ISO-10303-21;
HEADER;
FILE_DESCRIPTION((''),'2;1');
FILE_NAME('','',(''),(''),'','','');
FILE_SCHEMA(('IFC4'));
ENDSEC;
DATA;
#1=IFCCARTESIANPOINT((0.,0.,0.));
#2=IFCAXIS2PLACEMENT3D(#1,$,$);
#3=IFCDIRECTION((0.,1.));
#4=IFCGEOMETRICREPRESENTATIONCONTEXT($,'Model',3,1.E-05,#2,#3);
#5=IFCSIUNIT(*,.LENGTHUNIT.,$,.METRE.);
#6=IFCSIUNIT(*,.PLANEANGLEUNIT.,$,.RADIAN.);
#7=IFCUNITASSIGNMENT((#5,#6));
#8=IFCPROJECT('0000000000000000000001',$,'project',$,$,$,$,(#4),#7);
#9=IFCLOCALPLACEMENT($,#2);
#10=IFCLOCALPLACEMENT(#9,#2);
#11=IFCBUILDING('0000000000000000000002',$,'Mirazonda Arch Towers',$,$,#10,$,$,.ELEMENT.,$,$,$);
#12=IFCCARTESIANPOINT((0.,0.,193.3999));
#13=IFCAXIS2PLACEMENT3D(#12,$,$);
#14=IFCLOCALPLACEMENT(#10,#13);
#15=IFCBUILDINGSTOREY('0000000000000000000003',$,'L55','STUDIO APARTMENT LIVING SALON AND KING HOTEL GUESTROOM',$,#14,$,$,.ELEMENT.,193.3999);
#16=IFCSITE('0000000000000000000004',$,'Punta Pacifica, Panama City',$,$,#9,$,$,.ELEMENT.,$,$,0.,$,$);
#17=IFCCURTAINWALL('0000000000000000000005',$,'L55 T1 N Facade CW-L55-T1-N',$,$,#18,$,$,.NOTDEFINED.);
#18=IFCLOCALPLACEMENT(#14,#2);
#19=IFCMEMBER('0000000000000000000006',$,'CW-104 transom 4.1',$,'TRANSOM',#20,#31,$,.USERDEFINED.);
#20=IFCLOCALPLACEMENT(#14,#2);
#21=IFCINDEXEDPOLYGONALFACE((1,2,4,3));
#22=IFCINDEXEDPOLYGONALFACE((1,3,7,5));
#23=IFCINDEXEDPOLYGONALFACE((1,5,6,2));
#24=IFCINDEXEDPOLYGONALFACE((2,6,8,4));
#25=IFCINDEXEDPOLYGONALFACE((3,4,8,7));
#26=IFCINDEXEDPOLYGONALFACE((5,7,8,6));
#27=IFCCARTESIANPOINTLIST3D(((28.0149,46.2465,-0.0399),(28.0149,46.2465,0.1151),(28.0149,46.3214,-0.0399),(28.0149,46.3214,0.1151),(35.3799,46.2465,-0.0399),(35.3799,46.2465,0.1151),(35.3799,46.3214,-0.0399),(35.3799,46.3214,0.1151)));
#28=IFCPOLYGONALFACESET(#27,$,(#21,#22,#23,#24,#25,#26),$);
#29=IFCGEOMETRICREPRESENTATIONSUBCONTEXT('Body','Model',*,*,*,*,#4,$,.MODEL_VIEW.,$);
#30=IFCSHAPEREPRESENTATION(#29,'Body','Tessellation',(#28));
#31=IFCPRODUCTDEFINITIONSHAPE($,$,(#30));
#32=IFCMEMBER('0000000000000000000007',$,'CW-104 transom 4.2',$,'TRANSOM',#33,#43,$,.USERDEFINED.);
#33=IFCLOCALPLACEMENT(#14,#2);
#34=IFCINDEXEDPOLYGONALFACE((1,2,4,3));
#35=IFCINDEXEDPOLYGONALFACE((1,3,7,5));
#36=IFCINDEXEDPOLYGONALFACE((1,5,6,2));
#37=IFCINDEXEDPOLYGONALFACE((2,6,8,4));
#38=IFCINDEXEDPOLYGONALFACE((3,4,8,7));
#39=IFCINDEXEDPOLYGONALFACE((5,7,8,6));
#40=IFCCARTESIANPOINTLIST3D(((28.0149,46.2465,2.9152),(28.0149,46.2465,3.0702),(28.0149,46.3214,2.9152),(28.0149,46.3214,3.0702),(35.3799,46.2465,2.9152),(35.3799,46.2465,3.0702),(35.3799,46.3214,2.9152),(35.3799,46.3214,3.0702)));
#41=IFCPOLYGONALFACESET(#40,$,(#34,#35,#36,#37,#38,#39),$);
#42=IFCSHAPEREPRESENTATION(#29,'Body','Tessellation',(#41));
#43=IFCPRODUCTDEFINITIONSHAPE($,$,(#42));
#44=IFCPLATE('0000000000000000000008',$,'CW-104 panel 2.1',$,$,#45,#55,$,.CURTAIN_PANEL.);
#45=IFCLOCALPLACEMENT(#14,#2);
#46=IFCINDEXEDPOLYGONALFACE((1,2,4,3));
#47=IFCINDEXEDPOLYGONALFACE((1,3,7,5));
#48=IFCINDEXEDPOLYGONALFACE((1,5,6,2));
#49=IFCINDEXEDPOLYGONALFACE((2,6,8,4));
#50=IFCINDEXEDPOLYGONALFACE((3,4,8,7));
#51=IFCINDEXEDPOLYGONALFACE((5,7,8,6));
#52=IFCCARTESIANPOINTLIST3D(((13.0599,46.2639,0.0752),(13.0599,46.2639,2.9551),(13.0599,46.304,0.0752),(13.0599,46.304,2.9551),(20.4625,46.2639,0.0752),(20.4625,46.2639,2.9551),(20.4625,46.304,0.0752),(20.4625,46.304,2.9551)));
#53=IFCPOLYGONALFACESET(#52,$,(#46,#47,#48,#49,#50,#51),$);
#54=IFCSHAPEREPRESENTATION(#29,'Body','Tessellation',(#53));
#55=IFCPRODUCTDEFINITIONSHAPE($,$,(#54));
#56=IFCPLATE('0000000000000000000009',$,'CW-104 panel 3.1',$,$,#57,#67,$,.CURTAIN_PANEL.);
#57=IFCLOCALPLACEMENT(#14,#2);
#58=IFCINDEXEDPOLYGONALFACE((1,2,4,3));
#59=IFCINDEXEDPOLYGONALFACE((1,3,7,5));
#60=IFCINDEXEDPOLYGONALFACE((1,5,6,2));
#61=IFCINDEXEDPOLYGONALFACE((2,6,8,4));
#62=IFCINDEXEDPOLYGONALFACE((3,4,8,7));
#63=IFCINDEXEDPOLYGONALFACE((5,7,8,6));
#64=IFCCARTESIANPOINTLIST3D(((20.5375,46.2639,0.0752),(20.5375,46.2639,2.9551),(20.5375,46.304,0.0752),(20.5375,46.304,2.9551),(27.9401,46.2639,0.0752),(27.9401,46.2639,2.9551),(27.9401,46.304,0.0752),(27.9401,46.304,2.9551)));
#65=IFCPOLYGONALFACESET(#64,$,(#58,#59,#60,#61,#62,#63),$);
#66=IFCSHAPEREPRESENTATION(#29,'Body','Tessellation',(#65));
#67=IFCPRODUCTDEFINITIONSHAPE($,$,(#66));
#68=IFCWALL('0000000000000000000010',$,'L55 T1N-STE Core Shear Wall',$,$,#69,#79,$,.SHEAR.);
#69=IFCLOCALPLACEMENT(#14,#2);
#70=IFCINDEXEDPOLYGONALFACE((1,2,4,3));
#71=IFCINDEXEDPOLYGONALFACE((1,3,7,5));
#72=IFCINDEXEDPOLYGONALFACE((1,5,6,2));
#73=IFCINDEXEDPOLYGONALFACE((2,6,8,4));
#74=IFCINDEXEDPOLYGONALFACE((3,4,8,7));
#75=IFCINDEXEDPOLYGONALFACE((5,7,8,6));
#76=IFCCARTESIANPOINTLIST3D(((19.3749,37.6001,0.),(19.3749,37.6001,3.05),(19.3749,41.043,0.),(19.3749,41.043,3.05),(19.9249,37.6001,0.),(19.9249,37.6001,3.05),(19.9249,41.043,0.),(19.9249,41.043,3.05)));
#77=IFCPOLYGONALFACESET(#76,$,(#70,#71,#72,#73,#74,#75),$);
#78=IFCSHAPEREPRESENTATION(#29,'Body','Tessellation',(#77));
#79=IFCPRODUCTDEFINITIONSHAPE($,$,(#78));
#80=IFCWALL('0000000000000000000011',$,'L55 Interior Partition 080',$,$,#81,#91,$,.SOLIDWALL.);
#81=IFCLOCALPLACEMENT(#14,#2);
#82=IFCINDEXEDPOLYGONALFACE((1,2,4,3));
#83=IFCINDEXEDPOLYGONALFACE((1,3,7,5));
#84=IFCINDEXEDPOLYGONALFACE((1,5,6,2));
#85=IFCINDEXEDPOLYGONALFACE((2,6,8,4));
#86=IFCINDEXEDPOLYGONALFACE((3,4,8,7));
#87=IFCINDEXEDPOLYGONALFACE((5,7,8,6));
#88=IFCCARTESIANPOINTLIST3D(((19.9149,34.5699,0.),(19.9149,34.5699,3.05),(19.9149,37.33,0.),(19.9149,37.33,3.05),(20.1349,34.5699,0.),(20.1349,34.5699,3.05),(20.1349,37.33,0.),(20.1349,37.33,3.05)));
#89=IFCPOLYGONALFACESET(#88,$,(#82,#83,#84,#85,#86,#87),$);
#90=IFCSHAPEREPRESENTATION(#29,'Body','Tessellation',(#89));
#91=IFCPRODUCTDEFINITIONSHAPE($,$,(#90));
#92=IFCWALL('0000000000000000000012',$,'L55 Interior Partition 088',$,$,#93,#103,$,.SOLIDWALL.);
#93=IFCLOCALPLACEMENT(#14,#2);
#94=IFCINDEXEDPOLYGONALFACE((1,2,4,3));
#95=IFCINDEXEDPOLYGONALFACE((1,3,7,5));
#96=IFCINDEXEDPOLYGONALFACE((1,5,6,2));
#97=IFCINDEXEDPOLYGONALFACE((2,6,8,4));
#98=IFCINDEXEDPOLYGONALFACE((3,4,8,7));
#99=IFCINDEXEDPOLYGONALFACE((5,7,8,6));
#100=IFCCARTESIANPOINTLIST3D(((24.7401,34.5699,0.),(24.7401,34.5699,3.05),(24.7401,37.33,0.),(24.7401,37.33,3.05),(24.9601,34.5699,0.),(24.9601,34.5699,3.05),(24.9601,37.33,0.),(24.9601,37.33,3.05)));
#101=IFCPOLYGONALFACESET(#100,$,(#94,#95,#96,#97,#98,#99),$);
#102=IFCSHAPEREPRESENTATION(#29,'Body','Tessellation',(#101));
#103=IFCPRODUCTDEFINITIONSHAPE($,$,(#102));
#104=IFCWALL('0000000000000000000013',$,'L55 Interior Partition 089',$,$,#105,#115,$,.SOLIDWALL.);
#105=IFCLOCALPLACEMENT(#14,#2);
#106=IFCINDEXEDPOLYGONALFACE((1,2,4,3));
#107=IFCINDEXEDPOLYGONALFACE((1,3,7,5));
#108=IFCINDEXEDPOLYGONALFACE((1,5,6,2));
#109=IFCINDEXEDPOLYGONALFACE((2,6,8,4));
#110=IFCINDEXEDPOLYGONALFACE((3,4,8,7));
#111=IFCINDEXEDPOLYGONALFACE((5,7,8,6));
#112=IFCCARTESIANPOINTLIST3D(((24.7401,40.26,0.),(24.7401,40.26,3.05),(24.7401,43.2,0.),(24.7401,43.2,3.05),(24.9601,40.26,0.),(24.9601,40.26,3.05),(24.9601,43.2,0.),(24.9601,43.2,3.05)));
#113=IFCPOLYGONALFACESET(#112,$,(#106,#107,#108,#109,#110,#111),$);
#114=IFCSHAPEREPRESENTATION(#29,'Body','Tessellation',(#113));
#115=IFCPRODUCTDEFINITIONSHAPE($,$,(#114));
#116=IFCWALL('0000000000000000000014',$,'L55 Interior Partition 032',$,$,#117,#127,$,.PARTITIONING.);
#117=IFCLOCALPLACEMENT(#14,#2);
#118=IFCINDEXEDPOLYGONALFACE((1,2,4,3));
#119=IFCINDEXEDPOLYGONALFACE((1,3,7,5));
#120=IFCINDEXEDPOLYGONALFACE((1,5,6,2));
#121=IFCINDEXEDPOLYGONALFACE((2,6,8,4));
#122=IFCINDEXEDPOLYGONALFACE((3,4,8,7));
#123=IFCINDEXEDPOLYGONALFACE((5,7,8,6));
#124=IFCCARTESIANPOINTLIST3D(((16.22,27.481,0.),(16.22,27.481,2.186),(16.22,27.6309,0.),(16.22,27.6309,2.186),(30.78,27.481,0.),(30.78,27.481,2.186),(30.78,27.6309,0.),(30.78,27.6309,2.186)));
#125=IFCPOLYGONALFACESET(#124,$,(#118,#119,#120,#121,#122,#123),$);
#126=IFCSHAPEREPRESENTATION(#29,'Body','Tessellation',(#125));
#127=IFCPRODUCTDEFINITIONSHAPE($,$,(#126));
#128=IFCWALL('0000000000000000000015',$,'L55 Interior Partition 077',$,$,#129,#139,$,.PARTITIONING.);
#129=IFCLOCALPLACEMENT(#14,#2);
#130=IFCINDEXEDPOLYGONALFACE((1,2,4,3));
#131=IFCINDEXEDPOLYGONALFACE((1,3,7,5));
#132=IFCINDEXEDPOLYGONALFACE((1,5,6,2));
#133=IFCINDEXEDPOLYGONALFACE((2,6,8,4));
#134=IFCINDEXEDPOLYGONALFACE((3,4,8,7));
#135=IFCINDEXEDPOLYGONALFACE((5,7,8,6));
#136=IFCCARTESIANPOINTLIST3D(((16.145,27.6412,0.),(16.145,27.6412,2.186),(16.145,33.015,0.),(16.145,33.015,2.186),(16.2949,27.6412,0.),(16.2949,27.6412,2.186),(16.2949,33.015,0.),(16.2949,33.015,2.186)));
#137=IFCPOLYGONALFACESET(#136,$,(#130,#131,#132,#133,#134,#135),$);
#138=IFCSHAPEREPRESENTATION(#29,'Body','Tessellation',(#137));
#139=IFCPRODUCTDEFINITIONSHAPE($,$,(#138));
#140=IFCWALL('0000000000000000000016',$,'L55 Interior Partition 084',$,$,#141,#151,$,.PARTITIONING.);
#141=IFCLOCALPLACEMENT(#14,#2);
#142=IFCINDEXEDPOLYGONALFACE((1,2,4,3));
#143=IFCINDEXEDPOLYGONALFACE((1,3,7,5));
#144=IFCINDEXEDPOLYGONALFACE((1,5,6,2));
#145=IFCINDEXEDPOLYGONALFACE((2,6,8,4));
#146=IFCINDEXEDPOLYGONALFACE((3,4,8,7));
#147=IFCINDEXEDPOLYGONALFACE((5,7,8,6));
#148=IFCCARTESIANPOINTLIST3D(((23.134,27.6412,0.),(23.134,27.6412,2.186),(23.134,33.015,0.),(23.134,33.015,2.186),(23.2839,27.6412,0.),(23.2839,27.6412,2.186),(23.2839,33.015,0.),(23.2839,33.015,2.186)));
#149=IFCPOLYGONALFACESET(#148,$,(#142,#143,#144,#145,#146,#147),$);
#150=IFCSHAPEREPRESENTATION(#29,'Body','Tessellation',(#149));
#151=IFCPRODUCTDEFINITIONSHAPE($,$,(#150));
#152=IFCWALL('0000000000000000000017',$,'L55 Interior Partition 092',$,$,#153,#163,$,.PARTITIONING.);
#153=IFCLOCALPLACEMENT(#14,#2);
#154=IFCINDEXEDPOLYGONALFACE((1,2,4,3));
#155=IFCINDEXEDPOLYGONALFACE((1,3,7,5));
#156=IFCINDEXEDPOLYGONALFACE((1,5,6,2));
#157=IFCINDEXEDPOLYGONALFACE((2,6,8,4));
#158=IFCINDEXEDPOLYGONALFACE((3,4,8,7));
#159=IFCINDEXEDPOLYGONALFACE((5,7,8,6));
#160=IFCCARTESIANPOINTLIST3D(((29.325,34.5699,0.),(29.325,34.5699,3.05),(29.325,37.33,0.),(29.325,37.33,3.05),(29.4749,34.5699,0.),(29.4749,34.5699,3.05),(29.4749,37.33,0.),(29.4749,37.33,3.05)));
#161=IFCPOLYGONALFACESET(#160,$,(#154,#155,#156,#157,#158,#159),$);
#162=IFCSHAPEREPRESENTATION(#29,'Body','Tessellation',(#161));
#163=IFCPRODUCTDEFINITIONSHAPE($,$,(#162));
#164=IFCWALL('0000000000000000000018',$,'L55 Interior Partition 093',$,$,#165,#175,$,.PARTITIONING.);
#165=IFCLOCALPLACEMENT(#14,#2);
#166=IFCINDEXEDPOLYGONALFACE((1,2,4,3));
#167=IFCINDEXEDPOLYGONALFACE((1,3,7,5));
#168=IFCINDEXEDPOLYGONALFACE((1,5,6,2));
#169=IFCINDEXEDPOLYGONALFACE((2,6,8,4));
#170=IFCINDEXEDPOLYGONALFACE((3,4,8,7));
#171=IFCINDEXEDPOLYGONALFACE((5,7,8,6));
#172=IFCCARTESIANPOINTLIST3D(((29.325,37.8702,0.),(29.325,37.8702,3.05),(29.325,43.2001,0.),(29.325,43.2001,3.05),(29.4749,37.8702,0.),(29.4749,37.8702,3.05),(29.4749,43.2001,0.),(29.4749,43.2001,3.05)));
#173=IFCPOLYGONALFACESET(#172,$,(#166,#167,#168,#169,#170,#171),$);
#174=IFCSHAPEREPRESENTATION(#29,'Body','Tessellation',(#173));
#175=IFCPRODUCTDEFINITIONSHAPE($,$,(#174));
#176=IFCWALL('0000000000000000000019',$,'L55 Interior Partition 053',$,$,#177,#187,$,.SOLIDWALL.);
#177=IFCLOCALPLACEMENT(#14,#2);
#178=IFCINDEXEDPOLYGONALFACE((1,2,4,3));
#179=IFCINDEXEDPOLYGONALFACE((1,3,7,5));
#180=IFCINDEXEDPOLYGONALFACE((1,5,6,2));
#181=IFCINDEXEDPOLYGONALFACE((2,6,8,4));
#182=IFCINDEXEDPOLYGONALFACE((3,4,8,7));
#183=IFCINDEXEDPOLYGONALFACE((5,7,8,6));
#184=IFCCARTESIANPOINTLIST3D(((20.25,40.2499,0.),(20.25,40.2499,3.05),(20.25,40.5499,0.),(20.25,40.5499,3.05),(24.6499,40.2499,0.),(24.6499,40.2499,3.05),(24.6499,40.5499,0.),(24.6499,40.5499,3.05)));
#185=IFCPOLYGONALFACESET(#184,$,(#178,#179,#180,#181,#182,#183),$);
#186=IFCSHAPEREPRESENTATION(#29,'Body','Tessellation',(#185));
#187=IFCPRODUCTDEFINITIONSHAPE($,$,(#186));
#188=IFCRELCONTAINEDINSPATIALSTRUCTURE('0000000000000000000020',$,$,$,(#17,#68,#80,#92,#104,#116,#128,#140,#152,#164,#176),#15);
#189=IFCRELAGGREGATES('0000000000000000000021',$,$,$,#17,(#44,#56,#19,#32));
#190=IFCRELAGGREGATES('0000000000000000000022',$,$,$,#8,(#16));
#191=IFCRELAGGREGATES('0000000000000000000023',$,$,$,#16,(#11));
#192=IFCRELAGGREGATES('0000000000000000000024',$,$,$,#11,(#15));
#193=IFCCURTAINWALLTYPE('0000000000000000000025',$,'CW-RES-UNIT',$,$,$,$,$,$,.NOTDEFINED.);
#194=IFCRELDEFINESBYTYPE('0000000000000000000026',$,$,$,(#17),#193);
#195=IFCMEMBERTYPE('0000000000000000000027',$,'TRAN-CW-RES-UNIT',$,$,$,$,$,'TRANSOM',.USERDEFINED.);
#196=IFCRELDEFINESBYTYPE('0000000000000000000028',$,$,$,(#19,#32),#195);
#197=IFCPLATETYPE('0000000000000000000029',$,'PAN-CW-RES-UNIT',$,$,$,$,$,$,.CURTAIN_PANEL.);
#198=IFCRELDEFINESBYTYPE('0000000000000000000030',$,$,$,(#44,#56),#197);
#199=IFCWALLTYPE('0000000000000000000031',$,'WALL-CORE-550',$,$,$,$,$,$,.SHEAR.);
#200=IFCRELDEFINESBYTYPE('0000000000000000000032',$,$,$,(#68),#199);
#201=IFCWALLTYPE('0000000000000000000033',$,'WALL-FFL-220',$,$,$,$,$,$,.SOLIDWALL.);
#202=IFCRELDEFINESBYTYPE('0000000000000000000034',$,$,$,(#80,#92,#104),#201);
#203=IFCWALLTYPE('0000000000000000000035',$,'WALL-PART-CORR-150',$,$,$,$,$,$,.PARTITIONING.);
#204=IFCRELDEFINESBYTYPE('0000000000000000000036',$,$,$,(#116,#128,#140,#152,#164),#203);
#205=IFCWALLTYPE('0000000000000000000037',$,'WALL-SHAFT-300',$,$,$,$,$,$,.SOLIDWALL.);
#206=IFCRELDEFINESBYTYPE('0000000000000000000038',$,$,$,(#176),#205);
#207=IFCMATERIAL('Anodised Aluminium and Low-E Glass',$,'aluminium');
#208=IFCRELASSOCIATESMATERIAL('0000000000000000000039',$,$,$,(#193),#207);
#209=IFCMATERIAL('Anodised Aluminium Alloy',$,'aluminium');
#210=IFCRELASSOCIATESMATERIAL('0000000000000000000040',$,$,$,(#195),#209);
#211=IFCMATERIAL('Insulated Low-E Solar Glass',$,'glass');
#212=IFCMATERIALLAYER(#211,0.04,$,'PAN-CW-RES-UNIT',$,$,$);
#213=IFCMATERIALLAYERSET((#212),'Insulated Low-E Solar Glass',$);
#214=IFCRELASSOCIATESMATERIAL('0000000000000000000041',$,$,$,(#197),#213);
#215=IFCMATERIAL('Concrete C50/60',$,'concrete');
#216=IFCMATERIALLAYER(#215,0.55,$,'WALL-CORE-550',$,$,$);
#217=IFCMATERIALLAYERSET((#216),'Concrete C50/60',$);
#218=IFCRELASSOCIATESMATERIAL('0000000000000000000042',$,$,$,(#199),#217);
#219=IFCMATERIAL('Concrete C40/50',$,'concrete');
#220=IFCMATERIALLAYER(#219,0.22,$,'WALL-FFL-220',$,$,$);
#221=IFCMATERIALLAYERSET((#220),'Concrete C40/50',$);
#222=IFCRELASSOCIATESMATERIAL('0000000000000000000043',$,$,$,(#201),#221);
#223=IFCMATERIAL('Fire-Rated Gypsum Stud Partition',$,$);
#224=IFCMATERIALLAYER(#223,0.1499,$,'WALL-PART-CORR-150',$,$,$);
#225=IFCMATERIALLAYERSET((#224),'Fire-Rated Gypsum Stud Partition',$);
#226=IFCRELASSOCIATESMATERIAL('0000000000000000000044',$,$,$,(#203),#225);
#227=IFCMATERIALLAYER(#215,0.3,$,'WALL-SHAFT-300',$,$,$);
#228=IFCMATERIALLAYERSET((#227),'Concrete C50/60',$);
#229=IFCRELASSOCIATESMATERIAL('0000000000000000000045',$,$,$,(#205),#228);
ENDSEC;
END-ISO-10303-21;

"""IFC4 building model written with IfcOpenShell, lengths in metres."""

from ifc_helpers import new_model, si_unit, direction, frame, frame_2d, origin, origin_2d, place, context, subcontext, project, spatial, rectangle, extrude, material, layer, layer_set, material_profile, profile_set, type_object, element, aggregate, save


model = new_model("IFC4")

# Units and contexts
model_context = context("Model", 3, precision=1e-05, world=origin(), true_north=direction((0.0, 1.0)))
body_context = subcontext(model_context, "Body", "Model", "MODEL_VIEW")
ifc_project = project(units=[si_unit("LENGTHUNIT", "METRE"), si_unit("PLANEANGLEUNIT", "RADIAN")], contexts=[model_context])

# Site, building, storey
site_placement = place(None, origin())
site = spatial("IfcSite", under=ifc_project, at=site_placement, Name="Punta Pacifica, Panama City", CompositionType="ELEMENT", RefElevation=0.0)
building_placement = place(site_placement, origin())
building = spatial("IfcBuilding", under=site, at=building_placement, Name="Mirazonda Arch Towers", CompositionType="ELEMENT")
storey_placement = place(building_placement, frame((0.0, 0.0, 193.3999)))
storey = spatial("IfcBuildingStorey", under=building, at=storey_placement, Name="L55", Description="STUDIO APARTMENT LIVING SALON AND KING HOTEL GUESTROOM", CompositionType="ELEMENT", Elevation=193.3999)

# Shared definitions
ifc_material_1 = material(Name="Concrete C50/60", Category="concrete")

# Curtain wall, members, plates
ifc_material_2 = material(Name="Anodised Aluminium and Low-E Glass", Category="aluminium")
curtain_wall_type = type_object("IfcCurtainWallType", Name="CW-RES-UNIT", PredefinedType="NOTDEFINED", material=ifc_material_2)
curtain_wall_placement = place(storey_placement, origin())
curtain_wall = element("IfcCurtainWall", 1, at=curtain_wall_placement, inside=storey, type_object=curtain_wall_type, Name="L55 T1 N Facade CW-L55-T1-N", PredefinedType="NOTDEFINED")
ifc_material_3 = material(Name="Anodised Aluminium Alloy", Category="aluminium")
ifc_material_profile_1 = material_profile(ifc_material_3, rectangle(XDim=0.075, YDim=0.155, at=origin_2d()), Name="ALU-TRAN-75x155")
ifc_profile_set_1 = profile_set([ifc_material_profile_1], Name="Anodised Aluminium Alloy")
member_type_1 = type_object("IfcMemberType", Name="TRAN-CW-RES-UNIT", ElementType="TRANSOM", PredefinedType="USERDEFINED", material=ifc_profile_set_1)
member_1_placement = place(storey_placement, frame((28.0149, 46.2839, 0.0376), z_axis=(1.0, 0.0, 0.0), x_axis=(0.0, 1.0, 0.0)))
member_1 = element("IfcMember", 2, at=member_1_placement, type_object=member_type_1, Name="CW-104 transom 4.1", ObjectType="TRANSOM", PredefinedType="USERDEFINED", context=body_context, shape_type="SweptSolid", body=[
    extrude(rectangle(XDim=0.075, YDim=0.155, at=origin_2d()), origin(), (0.0, 0.0, 1.0), 7.365),
])
member_2_placement = place(storey_placement, frame((28.0149, 46.2839, 2.9927), z_axis=(1.0, 0.0, 0.0), x_axis=(0.0, 1.0, 0.0)))
member_2 = element("IfcMember", 3, at=member_2_placement, type_object=member_type_1, Name="CW-104 transom 4.2", ObjectType="TRANSOM", PredefinedType="USERDEFINED", context=body_context, shape_type="SweptSolid", body=[
    extrude(rectangle(XDim=0.075, YDim=0.155, at=origin_2d()), origin(), (0.0, 0.0, 1.0), 7.365),
])
ifc_material_4 = material(Name="Insulated Low-E Solar Glass", Category="glass")
ifc_layer_1 = layer(ifc_material_4, 0.04, Name="PAN-CW-RES-UNIT")
ifc_layer_set_1 = layer_set([ifc_layer_1], Name="Insulated Low-E Solar Glass")
plate_type = type_object("IfcPlateType", Name="PAN-CW-RES-UNIT", PredefinedType="CURTAIN_PANEL", material=ifc_layer_set_1)
plate_1_placement = place(storey_placement, frame((16.7612, 46.2839, 0.0752), z_axis=(0.0, 0.0, 1.0), x_axis=(1.0, 0.0, 0.0)))
plate_1 = element("IfcPlate", 4, at=plate_1_placement, type_object=plate_type, Name="CW-104 panel 2.1", PredefinedType="CURTAIN_PANEL", context=body_context, shape_type="SweptSolid", body=[
    extrude(rectangle(XDim=7.4026, YDim=0.04, at=origin_2d()), origin(), (0.0, 0.0, 1.0), 2.8799),
])
plate_2_placement = place(storey_placement, frame((24.2388, 46.2839, 0.0752), z_axis=(0.0, 0.0, 1.0), x_axis=(1.0, 0.0, 0.0)))
plate_2 = element("IfcPlate", 5, at=plate_2_placement, type_object=plate_type, Name="CW-104 panel 3.1", PredefinedType="CURTAIN_PANEL", context=body_context, shape_type="SweptSolid", body=[
    extrude(rectangle(XDim=7.4026, YDim=0.04, at=origin_2d()), origin(), (0.0, 0.0, 1.0), 2.8799),
])
aggregate(curtain_wall, [plate_1, plate_2, member_1, member_2])

# Walls
ifc_layer_2 = layer(ifc_material_1, 0.55, Name="WALL-CORE-550")
ifc_layer_set_2 = layer_set([ifc_layer_2], Name="Concrete C50/60")
wall_type_1 = type_object("IfcWallType", Name="WALL-CORE-550", PredefinedType="SHEAR", material=ifc_layer_set_2)
wall_1_placement = place(storey_placement, frame((19.6499, 37.6001, 0.0), z_axis=(0.0, 0.0, 1.0), x_axis=(0.0, 1.0, 0.0)))
element("IfcWall", 6, at=wall_1_placement, inside=storey, type_object=wall_type_1, Name="L55 T1N-STE Core Shear Wall", PredefinedType="SHEAR", context=body_context, shape_type="SweptSolid", body=[
    extrude(rectangle(XDim=3.4429, YDim=0.55, at=frame_2d((1.7214, 0.0))), origin(), (0.0, 0.0, 1.0), 3.05),
])
ifc_material_5 = material(Name="Concrete C40/50", Category="concrete")
ifc_layer_3 = layer(ifc_material_5, 0.22, Name="WALL-FFL-220")
ifc_layer_set_3 = layer_set([ifc_layer_3], Name="Concrete C40/50")
wall_type_2 = type_object("IfcWallType", Name="WALL-FFL-220", PredefinedType="SOLIDWALL", material=ifc_layer_set_3)
for number, where, z_axis, x_axis, name in (
    (7, (20.0249, 34.5701, 0.0), (0.0, 0.0, 1.0), (0.0, 1.0, 0.0), "L55 Interior Partition 080"),
    (8, (24.8501, 34.5701, 0.0), (0.0, 0.0, 1.0), (0.0, 1.0, 0.0), "L55 Interior Partition 088"),
):
    element("IfcWall", number, at=place(storey_placement, frame(where, z_axis=z_axis, x_axis=x_axis)), inside=storey, type_object=wall_type_2, Name=name, PredefinedType="SOLIDWALL", context=body_context, shape_type="SweptSolid", body=[
        extrude(rectangle(XDim=2.76, YDim=0.22, at=frame_2d((1.3799, 0.0))), origin(), (0.0, 0.0, 1.0), 3.05),
    ])
wall_2_placement = place(storey_placement, frame((24.8501, 40.26, 0.0), z_axis=(0.0, 0.0, 1.0), x_axis=(0.0, 1.0, 0.0)))
element("IfcWall", 9, at=wall_2_placement, inside=storey, type_object=wall_type_2, Name="L55 Interior Partition 089", PredefinedType="SOLIDWALL", context=body_context, shape_type="SweptSolid", body=[
    extrude(rectangle(XDim=2.9399, YDim=0.22, at=frame_2d((1.47, 0.0))), origin(), (0.0, 0.0, 1.0), 3.05),
])
ifc_material_6 = material(Name="Fire-Rated Gypsum Stud Partition")
ifc_layer_4 = layer(ifc_material_6, 0.1499, Name="WALL-PART-CORR-150")
ifc_layer_set_4 = layer_set([ifc_layer_4], Name="Fire-Rated Gypsum Stud Partition")
wall_type_3 = type_object("IfcWallType", Name="WALL-PART-CORR-150", PredefinedType="PARTITIONING", material=ifc_layer_set_4)
wall_3_placement = place(storey_placement, frame((16.22, 27.5559, 0.0), z_axis=(0.0, 0.0, 1.0), x_axis=(1.0, 0.0, 0.0)))
element("IfcWall", 10, at=wall_3_placement, inside=storey, type_object=wall_type_3, Name="L55 Interior Partition 032", PredefinedType="PARTITIONING", context=body_context, shape_type="SweptSolid", body=[
    extrude(rectangle(XDim=14.5601, YDim=0.1499, at=frame_2d((7.28, 0.0))), origin(), (0.0, 0.0, 1.0), 2.186),
])
for number, where, z_axis, x_axis, name in (
    (11, (16.22, 27.6411, 0.0), (0.0, 0.0, 1.0), (0.0, 1.0, 0.0), "L55 Interior Partition 077"),
    (12, (23.209, 27.6411, 0.0), (0.0, 0.0, 1.0), (0.0, 1.0, 0.0), "L55 Interior Partition 084"),
):
    element("IfcWall", number, at=place(storey_placement, frame(where, z_axis=z_axis, x_axis=x_axis)), inside=storey, type_object=wall_type_3, Name=name, PredefinedType="PARTITIONING", context=body_context, shape_type="SweptSolid", body=[
        extrude(rectangle(XDim=5.3738, YDim=0.1499, at=frame_2d((2.687, 0.0))), origin(), (0.0, 0.0, 1.0), 2.186),
    ])
wall_4_placement = place(storey_placement, frame((29.3999, 34.5701, 0.0), z_axis=(0.0, 0.0, 1.0), x_axis=(0.0, 1.0, 0.0)))
element("IfcWall", 13, at=wall_4_placement, inside=storey, type_object=wall_type_3, Name="L55 Interior Partition 092", PredefinedType="PARTITIONING", context=body_context, shape_type="SweptSolid", body=[
    extrude(rectangle(XDim=2.76, YDim=0.1499, at=frame_2d((1.3799, 0.0))), origin(), (0.0, 0.0, 1.0), 3.05),
])
wall_5_placement = place(storey_placement, frame((29.3999, 37.8701, 0.0), z_axis=(0.0, 0.0, 1.0), x_axis=(0.0, 1.0, 0.0)))
element("IfcWall", 14, at=wall_5_placement, inside=storey, type_object=wall_type_3, Name="L55 Interior Partition 093", PredefinedType="PARTITIONING", context=body_context, shape_type="SweptSolid", body=[
    extrude(rectangle(XDim=5.3298, YDim=0.1499, at=frame_2d((2.665, 0.0))), origin(), (0.0, 0.0, 1.0), 3.05),
])
ifc_layer_5 = layer(ifc_material_1, 0.3, Name="WALL-SHAFT-300")
ifc_layer_set_5 = layer_set([ifc_layer_5], Name="Concrete C50/60")
wall_type_4 = type_object("IfcWallType", Name="WALL-SHAFT-300", PredefinedType="SOLIDWALL", material=ifc_layer_set_5)
wall_6_placement = place(storey_placement, frame((20.25, 40.3999, 0.0), z_axis=(0.0, 0.0, 1.0), x_axis=(1.0, 0.0, 0.0)))
element("IfcWall", 15, at=wall_6_placement, inside=storey, type_object=wall_type_4, Name="L55 Interior Partition 053", PredefinedType="SOLIDWALL", context=body_context, shape_type="SweptSolid", body=[
    extrude(rectangle(XDim=4.3999, YDim=0.3, at=frame_2d((2.2, 0.0))), origin(), (0.0, 0.0, 1.0), 3.05),
])

save(model, "model.ifc")
